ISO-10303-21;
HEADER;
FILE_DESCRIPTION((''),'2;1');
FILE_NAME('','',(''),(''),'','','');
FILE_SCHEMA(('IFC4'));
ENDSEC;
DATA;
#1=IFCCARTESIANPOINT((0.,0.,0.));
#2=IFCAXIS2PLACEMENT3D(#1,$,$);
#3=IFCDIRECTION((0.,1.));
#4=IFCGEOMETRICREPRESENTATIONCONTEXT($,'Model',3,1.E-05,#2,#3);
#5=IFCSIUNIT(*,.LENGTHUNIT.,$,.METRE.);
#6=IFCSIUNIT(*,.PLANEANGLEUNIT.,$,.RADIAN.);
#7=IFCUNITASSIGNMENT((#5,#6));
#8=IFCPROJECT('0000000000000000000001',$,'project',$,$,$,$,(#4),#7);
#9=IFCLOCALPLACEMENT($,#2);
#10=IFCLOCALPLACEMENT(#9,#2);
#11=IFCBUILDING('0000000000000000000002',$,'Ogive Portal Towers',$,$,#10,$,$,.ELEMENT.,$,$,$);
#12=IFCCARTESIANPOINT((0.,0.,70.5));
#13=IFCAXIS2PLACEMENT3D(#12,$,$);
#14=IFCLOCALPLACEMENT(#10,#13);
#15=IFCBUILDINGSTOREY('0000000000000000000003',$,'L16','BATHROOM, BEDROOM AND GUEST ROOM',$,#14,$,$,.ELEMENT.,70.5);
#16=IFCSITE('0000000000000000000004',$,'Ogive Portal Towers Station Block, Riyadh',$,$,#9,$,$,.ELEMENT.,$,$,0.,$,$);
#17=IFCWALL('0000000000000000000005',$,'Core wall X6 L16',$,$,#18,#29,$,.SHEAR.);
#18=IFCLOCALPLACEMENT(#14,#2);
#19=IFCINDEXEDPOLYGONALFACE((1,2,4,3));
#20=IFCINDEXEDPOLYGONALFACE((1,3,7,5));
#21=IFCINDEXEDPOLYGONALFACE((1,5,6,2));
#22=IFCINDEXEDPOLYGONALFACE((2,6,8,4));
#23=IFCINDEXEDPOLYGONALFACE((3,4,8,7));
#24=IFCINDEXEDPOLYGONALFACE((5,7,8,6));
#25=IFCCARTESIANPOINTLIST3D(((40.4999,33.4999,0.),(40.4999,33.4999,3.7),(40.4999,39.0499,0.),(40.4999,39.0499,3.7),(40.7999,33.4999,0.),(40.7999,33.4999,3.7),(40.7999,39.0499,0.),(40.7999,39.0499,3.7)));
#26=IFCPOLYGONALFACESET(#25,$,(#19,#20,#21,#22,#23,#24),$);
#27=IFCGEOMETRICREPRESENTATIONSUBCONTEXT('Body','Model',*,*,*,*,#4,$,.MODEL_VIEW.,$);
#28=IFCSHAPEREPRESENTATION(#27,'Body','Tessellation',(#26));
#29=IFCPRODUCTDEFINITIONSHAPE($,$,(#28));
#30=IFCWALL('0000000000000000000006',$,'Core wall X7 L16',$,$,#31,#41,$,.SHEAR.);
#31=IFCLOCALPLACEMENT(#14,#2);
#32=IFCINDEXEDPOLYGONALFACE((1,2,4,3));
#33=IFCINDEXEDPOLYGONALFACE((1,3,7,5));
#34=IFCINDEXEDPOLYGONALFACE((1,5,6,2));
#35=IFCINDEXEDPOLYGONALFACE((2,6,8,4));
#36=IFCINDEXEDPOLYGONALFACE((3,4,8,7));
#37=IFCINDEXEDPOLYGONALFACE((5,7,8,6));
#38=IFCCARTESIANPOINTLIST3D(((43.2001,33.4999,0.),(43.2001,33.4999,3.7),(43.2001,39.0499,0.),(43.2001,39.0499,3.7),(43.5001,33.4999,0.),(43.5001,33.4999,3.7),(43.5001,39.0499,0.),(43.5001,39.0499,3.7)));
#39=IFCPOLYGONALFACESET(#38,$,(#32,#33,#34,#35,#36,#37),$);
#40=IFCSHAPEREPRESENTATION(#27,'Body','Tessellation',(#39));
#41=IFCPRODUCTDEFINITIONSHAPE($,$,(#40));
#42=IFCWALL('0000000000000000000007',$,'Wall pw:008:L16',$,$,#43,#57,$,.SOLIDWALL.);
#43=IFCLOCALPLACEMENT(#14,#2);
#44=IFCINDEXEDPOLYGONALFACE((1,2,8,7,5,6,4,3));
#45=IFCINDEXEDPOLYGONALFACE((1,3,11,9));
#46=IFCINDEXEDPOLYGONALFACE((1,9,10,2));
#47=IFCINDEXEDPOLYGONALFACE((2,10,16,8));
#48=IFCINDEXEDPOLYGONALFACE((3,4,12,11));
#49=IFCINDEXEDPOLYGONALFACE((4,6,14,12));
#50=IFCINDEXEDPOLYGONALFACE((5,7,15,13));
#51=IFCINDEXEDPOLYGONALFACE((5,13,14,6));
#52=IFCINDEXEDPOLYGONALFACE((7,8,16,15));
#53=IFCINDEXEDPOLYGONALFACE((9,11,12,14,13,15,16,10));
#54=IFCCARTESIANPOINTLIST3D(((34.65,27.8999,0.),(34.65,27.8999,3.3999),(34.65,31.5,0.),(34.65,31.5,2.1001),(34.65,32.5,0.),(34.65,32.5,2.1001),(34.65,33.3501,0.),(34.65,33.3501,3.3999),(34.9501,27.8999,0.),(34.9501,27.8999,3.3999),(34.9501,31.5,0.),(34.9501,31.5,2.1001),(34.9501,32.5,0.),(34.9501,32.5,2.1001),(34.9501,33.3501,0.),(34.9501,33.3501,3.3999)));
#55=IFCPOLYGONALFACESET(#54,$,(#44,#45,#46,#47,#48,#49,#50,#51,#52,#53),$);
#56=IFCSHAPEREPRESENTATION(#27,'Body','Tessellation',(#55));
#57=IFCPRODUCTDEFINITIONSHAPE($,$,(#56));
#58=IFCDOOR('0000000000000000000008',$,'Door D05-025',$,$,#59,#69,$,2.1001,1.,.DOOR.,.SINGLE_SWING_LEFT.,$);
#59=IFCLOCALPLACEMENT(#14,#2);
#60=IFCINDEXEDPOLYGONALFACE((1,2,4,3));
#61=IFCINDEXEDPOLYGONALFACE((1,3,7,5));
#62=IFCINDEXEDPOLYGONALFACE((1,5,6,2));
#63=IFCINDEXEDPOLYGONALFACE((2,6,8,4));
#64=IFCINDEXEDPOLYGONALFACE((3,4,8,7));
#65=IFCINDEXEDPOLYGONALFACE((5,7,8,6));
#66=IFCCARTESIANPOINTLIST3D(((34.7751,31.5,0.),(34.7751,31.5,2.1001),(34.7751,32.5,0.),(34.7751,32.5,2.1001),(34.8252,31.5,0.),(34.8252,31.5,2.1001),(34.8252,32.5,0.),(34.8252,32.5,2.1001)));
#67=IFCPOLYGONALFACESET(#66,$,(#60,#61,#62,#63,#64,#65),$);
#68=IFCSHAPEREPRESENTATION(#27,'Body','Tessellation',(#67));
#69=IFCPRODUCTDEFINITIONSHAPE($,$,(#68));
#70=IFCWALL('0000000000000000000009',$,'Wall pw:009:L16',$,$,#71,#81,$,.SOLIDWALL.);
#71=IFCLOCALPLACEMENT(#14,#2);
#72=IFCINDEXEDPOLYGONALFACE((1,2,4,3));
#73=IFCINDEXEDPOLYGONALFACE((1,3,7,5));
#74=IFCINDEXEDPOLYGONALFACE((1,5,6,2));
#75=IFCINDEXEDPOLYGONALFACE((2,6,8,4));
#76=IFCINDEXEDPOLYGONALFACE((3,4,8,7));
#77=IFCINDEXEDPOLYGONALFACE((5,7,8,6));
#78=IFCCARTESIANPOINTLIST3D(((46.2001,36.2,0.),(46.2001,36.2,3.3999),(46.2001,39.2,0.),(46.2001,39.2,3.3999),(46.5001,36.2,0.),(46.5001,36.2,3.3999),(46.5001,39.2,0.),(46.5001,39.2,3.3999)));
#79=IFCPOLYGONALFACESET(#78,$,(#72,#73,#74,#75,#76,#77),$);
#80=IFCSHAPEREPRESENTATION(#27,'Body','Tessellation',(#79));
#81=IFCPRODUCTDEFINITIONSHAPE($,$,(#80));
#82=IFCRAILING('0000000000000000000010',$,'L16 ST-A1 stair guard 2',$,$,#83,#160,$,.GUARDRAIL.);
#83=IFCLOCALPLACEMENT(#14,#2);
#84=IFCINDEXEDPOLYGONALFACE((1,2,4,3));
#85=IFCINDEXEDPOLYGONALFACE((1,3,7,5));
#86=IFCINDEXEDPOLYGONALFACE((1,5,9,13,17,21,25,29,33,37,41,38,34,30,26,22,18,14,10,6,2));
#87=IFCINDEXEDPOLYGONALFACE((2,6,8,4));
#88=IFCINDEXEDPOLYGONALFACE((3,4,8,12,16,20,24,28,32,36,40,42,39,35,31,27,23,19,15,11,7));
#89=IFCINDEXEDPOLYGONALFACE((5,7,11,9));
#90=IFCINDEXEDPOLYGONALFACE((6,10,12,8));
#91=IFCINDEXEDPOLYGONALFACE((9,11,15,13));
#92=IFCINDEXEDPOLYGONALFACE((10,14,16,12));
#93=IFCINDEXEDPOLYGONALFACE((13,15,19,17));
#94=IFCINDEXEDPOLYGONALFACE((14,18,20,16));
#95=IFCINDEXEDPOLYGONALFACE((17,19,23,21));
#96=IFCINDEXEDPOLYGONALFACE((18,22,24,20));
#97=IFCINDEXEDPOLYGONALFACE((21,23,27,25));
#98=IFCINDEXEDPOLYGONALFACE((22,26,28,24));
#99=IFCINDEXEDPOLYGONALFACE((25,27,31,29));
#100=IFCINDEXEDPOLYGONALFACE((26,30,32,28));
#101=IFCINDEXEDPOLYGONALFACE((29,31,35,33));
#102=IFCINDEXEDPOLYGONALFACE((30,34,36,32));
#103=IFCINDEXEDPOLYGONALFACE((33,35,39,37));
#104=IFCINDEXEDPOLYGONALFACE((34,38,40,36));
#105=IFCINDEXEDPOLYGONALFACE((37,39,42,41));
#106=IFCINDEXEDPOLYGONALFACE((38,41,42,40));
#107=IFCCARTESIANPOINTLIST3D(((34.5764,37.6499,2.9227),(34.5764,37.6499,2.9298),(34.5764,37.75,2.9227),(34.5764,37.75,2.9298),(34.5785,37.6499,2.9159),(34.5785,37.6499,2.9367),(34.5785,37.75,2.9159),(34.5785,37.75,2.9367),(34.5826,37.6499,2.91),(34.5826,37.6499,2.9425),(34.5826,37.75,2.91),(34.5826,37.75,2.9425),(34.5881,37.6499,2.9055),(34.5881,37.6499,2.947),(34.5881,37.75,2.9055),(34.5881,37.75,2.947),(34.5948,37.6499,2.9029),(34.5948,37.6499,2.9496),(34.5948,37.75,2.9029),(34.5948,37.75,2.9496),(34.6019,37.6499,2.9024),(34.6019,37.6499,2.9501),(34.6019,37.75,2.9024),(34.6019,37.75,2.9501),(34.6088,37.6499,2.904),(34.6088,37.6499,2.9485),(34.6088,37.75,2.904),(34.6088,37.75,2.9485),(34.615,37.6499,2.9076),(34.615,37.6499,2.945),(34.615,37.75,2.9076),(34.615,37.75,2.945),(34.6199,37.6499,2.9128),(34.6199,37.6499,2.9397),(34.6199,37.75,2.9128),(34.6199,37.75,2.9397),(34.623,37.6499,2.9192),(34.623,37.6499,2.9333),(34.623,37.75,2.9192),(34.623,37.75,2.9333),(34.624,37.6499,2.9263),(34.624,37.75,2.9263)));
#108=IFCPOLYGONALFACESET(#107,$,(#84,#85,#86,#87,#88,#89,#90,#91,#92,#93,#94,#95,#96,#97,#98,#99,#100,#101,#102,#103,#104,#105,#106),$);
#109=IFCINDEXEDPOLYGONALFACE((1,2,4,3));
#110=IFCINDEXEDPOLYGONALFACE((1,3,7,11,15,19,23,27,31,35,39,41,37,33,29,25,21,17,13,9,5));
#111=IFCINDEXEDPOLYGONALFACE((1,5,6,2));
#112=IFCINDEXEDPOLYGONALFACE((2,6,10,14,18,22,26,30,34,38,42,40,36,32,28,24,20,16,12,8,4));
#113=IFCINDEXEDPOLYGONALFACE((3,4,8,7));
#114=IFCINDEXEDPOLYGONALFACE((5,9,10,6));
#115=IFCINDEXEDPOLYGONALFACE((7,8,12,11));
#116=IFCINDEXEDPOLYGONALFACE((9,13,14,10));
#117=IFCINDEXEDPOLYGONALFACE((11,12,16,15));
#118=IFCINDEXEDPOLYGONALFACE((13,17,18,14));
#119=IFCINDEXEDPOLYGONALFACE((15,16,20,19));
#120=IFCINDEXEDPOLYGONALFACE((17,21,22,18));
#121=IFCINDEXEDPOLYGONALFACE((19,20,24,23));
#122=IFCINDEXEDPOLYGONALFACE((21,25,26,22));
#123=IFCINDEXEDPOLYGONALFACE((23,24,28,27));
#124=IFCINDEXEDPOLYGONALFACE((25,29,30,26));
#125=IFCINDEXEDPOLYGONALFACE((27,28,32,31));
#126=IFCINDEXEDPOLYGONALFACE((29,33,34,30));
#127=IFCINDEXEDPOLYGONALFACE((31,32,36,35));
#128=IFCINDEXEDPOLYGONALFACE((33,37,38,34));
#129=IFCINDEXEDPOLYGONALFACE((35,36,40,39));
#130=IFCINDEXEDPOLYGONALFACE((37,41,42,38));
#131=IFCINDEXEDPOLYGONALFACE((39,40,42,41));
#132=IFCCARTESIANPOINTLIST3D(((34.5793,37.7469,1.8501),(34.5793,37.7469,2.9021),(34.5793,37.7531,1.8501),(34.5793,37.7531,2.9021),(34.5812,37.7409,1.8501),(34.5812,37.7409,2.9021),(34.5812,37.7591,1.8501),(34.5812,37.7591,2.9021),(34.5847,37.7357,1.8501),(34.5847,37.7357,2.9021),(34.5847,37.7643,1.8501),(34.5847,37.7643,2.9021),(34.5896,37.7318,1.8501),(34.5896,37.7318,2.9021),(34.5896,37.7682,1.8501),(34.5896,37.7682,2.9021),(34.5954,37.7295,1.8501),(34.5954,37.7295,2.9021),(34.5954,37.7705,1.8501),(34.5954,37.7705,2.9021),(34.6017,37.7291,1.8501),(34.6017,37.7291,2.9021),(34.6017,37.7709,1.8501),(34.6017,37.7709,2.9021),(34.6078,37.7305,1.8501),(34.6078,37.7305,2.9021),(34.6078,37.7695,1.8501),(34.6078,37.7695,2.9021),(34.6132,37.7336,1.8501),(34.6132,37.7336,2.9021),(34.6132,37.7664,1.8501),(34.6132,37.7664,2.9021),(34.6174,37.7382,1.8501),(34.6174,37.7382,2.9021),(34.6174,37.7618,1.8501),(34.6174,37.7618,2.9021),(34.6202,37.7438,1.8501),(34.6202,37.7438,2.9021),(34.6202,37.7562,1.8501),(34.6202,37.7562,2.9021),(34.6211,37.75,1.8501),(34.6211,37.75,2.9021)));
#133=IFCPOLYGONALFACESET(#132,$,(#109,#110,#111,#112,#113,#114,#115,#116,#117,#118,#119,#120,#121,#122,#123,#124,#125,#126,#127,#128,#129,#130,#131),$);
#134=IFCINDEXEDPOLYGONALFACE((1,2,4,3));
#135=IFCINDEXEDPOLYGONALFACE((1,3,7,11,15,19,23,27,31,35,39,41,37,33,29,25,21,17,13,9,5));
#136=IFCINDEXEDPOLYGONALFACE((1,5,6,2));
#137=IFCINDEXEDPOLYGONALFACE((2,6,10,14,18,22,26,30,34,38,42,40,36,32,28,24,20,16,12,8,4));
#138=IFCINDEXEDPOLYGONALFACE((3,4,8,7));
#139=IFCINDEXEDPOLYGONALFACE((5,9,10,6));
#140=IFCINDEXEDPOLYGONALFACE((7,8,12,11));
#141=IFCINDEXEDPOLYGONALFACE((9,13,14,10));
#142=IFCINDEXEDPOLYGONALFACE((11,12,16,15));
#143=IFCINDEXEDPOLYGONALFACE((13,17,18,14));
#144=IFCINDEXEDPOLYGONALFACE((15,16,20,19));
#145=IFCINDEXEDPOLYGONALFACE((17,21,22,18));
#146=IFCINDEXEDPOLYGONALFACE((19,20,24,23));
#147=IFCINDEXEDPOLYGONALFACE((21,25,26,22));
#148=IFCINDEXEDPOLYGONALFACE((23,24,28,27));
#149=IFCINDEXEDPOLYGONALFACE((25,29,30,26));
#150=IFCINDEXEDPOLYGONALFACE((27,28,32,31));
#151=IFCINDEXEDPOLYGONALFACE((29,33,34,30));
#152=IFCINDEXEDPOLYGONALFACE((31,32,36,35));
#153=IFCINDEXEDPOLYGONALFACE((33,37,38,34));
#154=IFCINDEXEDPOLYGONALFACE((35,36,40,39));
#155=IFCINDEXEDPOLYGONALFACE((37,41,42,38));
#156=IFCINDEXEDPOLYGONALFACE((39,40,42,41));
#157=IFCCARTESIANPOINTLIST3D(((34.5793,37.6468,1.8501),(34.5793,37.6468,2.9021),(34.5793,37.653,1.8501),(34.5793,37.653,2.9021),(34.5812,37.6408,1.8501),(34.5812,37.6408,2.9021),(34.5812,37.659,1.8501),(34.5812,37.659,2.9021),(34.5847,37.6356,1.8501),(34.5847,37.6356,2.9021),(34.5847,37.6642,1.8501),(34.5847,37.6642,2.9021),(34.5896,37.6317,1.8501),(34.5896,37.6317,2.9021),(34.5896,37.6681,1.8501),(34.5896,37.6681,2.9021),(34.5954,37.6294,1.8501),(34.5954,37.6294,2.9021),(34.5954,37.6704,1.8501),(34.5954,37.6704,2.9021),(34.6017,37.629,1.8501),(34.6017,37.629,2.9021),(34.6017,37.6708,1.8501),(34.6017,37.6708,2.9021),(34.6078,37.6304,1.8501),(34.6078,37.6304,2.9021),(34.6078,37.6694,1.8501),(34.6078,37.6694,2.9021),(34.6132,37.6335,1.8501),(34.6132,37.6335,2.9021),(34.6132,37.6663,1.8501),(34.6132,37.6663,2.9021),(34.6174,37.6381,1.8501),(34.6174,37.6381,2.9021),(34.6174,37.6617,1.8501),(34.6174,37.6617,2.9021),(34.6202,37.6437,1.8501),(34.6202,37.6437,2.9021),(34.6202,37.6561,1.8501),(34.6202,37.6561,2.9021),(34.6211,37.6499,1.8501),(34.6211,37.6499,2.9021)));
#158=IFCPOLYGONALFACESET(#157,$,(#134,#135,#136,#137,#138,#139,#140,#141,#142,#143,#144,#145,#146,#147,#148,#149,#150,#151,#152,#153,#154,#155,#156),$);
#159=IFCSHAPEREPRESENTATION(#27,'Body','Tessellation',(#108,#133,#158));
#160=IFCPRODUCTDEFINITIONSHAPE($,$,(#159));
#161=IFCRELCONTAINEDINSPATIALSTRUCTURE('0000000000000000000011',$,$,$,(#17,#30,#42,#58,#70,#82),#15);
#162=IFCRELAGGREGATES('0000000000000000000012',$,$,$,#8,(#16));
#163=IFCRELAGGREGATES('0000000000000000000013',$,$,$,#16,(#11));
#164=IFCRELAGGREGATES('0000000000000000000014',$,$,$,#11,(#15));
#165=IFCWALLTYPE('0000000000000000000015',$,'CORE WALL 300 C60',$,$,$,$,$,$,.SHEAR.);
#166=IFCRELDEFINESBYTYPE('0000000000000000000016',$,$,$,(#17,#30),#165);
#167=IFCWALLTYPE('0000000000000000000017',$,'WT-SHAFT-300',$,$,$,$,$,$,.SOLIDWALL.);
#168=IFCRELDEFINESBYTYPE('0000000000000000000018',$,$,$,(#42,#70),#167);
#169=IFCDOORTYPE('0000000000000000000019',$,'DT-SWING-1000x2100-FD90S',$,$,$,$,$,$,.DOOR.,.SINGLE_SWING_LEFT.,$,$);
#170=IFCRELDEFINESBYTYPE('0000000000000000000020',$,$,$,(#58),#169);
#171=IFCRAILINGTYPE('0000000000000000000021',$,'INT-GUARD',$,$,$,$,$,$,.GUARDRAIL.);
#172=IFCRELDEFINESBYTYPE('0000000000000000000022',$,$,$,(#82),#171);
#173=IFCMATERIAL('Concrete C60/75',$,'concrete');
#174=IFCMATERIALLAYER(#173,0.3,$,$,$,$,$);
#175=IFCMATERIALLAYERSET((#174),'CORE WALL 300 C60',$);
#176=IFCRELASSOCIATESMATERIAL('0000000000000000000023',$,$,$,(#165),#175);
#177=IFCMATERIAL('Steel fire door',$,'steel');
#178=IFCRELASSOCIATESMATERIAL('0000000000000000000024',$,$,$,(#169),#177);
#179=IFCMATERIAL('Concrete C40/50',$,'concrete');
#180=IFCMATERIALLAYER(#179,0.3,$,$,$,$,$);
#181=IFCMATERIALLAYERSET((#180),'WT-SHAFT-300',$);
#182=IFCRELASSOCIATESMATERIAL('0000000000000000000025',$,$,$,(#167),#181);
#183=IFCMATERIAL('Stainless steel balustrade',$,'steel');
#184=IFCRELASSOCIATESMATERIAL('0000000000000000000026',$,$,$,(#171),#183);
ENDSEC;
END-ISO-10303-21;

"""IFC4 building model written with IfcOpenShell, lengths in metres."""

from ifc_helpers import new_model, si_unit, direction, frame, frame_2d, origin, origin_2d, place, context, subcontext, project, spatial, rectangle, circle, extrude, material, layer, layer_set, type_object, element, fill, save


model = new_model("IFC4")

# Units and contexts
model_context = context("Model", 3, precision=1e-05, world=origin(), true_north=direction((0.0, 1.0)))
body_context = subcontext(model_context, "Body", "Model", "MODEL_VIEW")
ifc_project = project(units=[si_unit("LENGTHUNIT", "METRE"), si_unit("PLANEANGLEUNIT", "RADIAN")], contexts=[model_context])

# Site, building, storey
site_placement = place(None, origin())
site = spatial("IfcSite", under=ifc_project, at=site_placement, Name="Ogive Portal Towers Station Block, Riyadh", CompositionType="ELEMENT", RefElevation=0.0)
building_placement = place(site_placement, origin())
building = spatial("IfcBuilding", under=site, at=building_placement, Name="Ogive Portal Towers", CompositionType="ELEMENT")
storey_placement = place(building_placement, frame((0.0, 0.0, 70.5)))
storey = spatial("IfcBuildingStorey", under=building, at=storey_placement, Name="L16", Description="BATHROOM, BEDROOM AND GUEST ROOM", CompositionType="ELEMENT", Elevation=70.5)

# Shared definitions
ifc_material_1 = material(Name="Concrete C40/50", Category="concrete")

# Shared definitions
ifc_material_2 = material(Name="Concrete C60/75", Category="concrete")
ifc_layer_1 = layer(ifc_material_2, 0.3)
ifc_layer_set_1 = layer_set([ifc_layer_1], Name="CORE WALL 300 C60")
wall_type_1 = type_object("IfcWallType", Name="CORE WALL 300 C60", PredefinedType="SHEAR", material=ifc_layer_set_1)
ifc_material_3 = material(Name="Steel fire door", Category="steel")
door_type_1 = type_object("IfcDoorType", Name="DT-SWING-1000x2100-FD90S", OperationType="SINGLE_SWING_LEFT", PredefinedType="DOOR", material=ifc_material_3)

# Walls
for number, where, z_axis, x_axis, name in (
    (1, (40.6499, 33.5, 0.0), (0.0, 0.0, 1.0), (0.0, 1.0, 0.0), "Core wall X6 L16"),
    (2, (43.3501, 33.5, 0.0), (0.0, 0.0, 1.0), (0.0, 1.0, 0.0), "Core wall X7 L16"),
):
    element("IfcWall", number, at=place(storey_placement, frame(where, z_axis=z_axis, x_axis=x_axis)), inside=storey, type_object=wall_type_1, Name=name, PredefinedType="SHEAR", context=body_context, shape_type="SweptSolid", body=[
        extrude(rectangle(XDim=5.55, YDim=0.3, at=frame_2d((2.7749, 0.0))), origin(), (0.0, 0.0, 1.0), 3.7),
    ])

# Shared definitions
ifc_layer_2 = layer(ifc_material_1, 0.3)
ifc_layer_set_2 = layer_set([ifc_layer_2], Name="WT-SHAFT-300")
wall_type_2 = type_object("IfcWallType", Name="WT-SHAFT-300", PredefinedType="SOLIDWALL", material=ifc_layer_set_2)

# Wall, opening, door
wall_1_placement = place(storey_placement, frame((34.8, 27.8999, 0.0), z_axis=(0.0, 0.0, 1.0), x_axis=(0.0, 1.0, 0.0)))
wall_1 = element("IfcWall", 3, at=wall_1_placement, inside=storey, type_object=wall_type_2, Name="Wall pw:008:L16", PredefinedType="SOLIDWALL", context=body_context, shape_type="SweptSolid", body=[
    extrude(rectangle(XDim=5.4502, YDim=0.3, at=frame_2d((2.7251, 0.0))), origin(), (0.0, 0.0, 1.0), 3.3999),
])
opening_1_placement = place(wall_1_placement, frame((3.6001, 0.0, 0.0)))
opening_1 = element("IfcOpeningElement", 4, at=opening_1_placement, cuts=wall_1, PredefinedType="OPENING", context=body_context, shape_type="SweptSolid", body=[
    extrude(rectangle(XDim=1.0, YDim=2.1001, at=frame_2d((0.5, 1.05))), frame((0.0, 0.1602, 0.0), z_axis=(0.0, -1.0, 0.0), x_axis=(1.0, 0.0, 0.0)), (0.0, 0.0, 1.0), 0.3201),
])
door_1_placement = place(opening_1_placement, origin())
door_1 = element("IfcDoor", 5, at=door_1_placement, inside=storey, type_object=door_type_1, Name="Door D05-025", OperationType="SINGLE_SWING_LEFT", OverallHeight=2.1001, OverallWidth=1.0, PredefinedType="DOOR", context=body_context, shape_type="SweptSolid", body=[
    extrude(rectangle(XDim=1.0, YDim=2.1001, at=frame_2d((0.5, 1.05))), frame((0.0, 0.0249, 0.0), z_axis=(0.0, -1.0, 0.0), x_axis=(1.0, 0.0, 0.0)), (0.0, 0.0, 1.0), 0.05),
])
fill(opening_1, door_1)

# Wall
wall_2_placement = place(storey_placement, frame((46.3501, 36.2, 0.0), z_axis=(0.0, 0.0, 1.0), x_axis=(0.0, 1.0, 0.0)))
element("IfcWall", 6, at=wall_2_placement, inside=storey, type_object=wall_type_2, Name="Wall pw:009:L16", PredefinedType="SOLIDWALL", context=body_context, shape_type="SweptSolid", body=[
    extrude(rectangle(XDim=3.0, YDim=0.3, at=frame_2d((1.5, 0.0))), origin(), (0.0, 0.0, 1.0), 3.3999),
])

# Railing
ifc_material_4 = material(Name="Stainless steel balustrade", Category="steel")
railing_type_1 = type_object("IfcRailingType", Name="INT-GUARD", PredefinedType="GUARDRAIL", material=ifc_material_4)
railing_1_placement = place(storey_placement, frame((34.6001, 37.75, 1.8501)))
element("IfcRailing", 7, at=railing_1_placement, inside=storey, type_object=railing_type_1, Name="L16 ST-A1 stair guard 2", PredefinedType="GUARDRAIL", context=body_context, shape_type="SweptSolid", body=[
    extrude(circle(Radius=0.0239, at=origin_2d()), frame((0.0, 0.0, 1.0762), z_axis=(0.0, -1.0, 0.0), x_axis=(1.0, 0.0, 0.0)), (0.0, 0.0, 1.0), 0.1001),
    extrude(circle(Radius=0.021, at=origin_2d()), origin(), (0.0, 0.0, 1.0), 1.052),
    extrude(circle(Radius=0.021, at=origin_2d()), frame((0.0, -0.1001, 0.0)), (0.0, 0.0, 1.0), 1.052),
])

save(model, "model.ifc")
